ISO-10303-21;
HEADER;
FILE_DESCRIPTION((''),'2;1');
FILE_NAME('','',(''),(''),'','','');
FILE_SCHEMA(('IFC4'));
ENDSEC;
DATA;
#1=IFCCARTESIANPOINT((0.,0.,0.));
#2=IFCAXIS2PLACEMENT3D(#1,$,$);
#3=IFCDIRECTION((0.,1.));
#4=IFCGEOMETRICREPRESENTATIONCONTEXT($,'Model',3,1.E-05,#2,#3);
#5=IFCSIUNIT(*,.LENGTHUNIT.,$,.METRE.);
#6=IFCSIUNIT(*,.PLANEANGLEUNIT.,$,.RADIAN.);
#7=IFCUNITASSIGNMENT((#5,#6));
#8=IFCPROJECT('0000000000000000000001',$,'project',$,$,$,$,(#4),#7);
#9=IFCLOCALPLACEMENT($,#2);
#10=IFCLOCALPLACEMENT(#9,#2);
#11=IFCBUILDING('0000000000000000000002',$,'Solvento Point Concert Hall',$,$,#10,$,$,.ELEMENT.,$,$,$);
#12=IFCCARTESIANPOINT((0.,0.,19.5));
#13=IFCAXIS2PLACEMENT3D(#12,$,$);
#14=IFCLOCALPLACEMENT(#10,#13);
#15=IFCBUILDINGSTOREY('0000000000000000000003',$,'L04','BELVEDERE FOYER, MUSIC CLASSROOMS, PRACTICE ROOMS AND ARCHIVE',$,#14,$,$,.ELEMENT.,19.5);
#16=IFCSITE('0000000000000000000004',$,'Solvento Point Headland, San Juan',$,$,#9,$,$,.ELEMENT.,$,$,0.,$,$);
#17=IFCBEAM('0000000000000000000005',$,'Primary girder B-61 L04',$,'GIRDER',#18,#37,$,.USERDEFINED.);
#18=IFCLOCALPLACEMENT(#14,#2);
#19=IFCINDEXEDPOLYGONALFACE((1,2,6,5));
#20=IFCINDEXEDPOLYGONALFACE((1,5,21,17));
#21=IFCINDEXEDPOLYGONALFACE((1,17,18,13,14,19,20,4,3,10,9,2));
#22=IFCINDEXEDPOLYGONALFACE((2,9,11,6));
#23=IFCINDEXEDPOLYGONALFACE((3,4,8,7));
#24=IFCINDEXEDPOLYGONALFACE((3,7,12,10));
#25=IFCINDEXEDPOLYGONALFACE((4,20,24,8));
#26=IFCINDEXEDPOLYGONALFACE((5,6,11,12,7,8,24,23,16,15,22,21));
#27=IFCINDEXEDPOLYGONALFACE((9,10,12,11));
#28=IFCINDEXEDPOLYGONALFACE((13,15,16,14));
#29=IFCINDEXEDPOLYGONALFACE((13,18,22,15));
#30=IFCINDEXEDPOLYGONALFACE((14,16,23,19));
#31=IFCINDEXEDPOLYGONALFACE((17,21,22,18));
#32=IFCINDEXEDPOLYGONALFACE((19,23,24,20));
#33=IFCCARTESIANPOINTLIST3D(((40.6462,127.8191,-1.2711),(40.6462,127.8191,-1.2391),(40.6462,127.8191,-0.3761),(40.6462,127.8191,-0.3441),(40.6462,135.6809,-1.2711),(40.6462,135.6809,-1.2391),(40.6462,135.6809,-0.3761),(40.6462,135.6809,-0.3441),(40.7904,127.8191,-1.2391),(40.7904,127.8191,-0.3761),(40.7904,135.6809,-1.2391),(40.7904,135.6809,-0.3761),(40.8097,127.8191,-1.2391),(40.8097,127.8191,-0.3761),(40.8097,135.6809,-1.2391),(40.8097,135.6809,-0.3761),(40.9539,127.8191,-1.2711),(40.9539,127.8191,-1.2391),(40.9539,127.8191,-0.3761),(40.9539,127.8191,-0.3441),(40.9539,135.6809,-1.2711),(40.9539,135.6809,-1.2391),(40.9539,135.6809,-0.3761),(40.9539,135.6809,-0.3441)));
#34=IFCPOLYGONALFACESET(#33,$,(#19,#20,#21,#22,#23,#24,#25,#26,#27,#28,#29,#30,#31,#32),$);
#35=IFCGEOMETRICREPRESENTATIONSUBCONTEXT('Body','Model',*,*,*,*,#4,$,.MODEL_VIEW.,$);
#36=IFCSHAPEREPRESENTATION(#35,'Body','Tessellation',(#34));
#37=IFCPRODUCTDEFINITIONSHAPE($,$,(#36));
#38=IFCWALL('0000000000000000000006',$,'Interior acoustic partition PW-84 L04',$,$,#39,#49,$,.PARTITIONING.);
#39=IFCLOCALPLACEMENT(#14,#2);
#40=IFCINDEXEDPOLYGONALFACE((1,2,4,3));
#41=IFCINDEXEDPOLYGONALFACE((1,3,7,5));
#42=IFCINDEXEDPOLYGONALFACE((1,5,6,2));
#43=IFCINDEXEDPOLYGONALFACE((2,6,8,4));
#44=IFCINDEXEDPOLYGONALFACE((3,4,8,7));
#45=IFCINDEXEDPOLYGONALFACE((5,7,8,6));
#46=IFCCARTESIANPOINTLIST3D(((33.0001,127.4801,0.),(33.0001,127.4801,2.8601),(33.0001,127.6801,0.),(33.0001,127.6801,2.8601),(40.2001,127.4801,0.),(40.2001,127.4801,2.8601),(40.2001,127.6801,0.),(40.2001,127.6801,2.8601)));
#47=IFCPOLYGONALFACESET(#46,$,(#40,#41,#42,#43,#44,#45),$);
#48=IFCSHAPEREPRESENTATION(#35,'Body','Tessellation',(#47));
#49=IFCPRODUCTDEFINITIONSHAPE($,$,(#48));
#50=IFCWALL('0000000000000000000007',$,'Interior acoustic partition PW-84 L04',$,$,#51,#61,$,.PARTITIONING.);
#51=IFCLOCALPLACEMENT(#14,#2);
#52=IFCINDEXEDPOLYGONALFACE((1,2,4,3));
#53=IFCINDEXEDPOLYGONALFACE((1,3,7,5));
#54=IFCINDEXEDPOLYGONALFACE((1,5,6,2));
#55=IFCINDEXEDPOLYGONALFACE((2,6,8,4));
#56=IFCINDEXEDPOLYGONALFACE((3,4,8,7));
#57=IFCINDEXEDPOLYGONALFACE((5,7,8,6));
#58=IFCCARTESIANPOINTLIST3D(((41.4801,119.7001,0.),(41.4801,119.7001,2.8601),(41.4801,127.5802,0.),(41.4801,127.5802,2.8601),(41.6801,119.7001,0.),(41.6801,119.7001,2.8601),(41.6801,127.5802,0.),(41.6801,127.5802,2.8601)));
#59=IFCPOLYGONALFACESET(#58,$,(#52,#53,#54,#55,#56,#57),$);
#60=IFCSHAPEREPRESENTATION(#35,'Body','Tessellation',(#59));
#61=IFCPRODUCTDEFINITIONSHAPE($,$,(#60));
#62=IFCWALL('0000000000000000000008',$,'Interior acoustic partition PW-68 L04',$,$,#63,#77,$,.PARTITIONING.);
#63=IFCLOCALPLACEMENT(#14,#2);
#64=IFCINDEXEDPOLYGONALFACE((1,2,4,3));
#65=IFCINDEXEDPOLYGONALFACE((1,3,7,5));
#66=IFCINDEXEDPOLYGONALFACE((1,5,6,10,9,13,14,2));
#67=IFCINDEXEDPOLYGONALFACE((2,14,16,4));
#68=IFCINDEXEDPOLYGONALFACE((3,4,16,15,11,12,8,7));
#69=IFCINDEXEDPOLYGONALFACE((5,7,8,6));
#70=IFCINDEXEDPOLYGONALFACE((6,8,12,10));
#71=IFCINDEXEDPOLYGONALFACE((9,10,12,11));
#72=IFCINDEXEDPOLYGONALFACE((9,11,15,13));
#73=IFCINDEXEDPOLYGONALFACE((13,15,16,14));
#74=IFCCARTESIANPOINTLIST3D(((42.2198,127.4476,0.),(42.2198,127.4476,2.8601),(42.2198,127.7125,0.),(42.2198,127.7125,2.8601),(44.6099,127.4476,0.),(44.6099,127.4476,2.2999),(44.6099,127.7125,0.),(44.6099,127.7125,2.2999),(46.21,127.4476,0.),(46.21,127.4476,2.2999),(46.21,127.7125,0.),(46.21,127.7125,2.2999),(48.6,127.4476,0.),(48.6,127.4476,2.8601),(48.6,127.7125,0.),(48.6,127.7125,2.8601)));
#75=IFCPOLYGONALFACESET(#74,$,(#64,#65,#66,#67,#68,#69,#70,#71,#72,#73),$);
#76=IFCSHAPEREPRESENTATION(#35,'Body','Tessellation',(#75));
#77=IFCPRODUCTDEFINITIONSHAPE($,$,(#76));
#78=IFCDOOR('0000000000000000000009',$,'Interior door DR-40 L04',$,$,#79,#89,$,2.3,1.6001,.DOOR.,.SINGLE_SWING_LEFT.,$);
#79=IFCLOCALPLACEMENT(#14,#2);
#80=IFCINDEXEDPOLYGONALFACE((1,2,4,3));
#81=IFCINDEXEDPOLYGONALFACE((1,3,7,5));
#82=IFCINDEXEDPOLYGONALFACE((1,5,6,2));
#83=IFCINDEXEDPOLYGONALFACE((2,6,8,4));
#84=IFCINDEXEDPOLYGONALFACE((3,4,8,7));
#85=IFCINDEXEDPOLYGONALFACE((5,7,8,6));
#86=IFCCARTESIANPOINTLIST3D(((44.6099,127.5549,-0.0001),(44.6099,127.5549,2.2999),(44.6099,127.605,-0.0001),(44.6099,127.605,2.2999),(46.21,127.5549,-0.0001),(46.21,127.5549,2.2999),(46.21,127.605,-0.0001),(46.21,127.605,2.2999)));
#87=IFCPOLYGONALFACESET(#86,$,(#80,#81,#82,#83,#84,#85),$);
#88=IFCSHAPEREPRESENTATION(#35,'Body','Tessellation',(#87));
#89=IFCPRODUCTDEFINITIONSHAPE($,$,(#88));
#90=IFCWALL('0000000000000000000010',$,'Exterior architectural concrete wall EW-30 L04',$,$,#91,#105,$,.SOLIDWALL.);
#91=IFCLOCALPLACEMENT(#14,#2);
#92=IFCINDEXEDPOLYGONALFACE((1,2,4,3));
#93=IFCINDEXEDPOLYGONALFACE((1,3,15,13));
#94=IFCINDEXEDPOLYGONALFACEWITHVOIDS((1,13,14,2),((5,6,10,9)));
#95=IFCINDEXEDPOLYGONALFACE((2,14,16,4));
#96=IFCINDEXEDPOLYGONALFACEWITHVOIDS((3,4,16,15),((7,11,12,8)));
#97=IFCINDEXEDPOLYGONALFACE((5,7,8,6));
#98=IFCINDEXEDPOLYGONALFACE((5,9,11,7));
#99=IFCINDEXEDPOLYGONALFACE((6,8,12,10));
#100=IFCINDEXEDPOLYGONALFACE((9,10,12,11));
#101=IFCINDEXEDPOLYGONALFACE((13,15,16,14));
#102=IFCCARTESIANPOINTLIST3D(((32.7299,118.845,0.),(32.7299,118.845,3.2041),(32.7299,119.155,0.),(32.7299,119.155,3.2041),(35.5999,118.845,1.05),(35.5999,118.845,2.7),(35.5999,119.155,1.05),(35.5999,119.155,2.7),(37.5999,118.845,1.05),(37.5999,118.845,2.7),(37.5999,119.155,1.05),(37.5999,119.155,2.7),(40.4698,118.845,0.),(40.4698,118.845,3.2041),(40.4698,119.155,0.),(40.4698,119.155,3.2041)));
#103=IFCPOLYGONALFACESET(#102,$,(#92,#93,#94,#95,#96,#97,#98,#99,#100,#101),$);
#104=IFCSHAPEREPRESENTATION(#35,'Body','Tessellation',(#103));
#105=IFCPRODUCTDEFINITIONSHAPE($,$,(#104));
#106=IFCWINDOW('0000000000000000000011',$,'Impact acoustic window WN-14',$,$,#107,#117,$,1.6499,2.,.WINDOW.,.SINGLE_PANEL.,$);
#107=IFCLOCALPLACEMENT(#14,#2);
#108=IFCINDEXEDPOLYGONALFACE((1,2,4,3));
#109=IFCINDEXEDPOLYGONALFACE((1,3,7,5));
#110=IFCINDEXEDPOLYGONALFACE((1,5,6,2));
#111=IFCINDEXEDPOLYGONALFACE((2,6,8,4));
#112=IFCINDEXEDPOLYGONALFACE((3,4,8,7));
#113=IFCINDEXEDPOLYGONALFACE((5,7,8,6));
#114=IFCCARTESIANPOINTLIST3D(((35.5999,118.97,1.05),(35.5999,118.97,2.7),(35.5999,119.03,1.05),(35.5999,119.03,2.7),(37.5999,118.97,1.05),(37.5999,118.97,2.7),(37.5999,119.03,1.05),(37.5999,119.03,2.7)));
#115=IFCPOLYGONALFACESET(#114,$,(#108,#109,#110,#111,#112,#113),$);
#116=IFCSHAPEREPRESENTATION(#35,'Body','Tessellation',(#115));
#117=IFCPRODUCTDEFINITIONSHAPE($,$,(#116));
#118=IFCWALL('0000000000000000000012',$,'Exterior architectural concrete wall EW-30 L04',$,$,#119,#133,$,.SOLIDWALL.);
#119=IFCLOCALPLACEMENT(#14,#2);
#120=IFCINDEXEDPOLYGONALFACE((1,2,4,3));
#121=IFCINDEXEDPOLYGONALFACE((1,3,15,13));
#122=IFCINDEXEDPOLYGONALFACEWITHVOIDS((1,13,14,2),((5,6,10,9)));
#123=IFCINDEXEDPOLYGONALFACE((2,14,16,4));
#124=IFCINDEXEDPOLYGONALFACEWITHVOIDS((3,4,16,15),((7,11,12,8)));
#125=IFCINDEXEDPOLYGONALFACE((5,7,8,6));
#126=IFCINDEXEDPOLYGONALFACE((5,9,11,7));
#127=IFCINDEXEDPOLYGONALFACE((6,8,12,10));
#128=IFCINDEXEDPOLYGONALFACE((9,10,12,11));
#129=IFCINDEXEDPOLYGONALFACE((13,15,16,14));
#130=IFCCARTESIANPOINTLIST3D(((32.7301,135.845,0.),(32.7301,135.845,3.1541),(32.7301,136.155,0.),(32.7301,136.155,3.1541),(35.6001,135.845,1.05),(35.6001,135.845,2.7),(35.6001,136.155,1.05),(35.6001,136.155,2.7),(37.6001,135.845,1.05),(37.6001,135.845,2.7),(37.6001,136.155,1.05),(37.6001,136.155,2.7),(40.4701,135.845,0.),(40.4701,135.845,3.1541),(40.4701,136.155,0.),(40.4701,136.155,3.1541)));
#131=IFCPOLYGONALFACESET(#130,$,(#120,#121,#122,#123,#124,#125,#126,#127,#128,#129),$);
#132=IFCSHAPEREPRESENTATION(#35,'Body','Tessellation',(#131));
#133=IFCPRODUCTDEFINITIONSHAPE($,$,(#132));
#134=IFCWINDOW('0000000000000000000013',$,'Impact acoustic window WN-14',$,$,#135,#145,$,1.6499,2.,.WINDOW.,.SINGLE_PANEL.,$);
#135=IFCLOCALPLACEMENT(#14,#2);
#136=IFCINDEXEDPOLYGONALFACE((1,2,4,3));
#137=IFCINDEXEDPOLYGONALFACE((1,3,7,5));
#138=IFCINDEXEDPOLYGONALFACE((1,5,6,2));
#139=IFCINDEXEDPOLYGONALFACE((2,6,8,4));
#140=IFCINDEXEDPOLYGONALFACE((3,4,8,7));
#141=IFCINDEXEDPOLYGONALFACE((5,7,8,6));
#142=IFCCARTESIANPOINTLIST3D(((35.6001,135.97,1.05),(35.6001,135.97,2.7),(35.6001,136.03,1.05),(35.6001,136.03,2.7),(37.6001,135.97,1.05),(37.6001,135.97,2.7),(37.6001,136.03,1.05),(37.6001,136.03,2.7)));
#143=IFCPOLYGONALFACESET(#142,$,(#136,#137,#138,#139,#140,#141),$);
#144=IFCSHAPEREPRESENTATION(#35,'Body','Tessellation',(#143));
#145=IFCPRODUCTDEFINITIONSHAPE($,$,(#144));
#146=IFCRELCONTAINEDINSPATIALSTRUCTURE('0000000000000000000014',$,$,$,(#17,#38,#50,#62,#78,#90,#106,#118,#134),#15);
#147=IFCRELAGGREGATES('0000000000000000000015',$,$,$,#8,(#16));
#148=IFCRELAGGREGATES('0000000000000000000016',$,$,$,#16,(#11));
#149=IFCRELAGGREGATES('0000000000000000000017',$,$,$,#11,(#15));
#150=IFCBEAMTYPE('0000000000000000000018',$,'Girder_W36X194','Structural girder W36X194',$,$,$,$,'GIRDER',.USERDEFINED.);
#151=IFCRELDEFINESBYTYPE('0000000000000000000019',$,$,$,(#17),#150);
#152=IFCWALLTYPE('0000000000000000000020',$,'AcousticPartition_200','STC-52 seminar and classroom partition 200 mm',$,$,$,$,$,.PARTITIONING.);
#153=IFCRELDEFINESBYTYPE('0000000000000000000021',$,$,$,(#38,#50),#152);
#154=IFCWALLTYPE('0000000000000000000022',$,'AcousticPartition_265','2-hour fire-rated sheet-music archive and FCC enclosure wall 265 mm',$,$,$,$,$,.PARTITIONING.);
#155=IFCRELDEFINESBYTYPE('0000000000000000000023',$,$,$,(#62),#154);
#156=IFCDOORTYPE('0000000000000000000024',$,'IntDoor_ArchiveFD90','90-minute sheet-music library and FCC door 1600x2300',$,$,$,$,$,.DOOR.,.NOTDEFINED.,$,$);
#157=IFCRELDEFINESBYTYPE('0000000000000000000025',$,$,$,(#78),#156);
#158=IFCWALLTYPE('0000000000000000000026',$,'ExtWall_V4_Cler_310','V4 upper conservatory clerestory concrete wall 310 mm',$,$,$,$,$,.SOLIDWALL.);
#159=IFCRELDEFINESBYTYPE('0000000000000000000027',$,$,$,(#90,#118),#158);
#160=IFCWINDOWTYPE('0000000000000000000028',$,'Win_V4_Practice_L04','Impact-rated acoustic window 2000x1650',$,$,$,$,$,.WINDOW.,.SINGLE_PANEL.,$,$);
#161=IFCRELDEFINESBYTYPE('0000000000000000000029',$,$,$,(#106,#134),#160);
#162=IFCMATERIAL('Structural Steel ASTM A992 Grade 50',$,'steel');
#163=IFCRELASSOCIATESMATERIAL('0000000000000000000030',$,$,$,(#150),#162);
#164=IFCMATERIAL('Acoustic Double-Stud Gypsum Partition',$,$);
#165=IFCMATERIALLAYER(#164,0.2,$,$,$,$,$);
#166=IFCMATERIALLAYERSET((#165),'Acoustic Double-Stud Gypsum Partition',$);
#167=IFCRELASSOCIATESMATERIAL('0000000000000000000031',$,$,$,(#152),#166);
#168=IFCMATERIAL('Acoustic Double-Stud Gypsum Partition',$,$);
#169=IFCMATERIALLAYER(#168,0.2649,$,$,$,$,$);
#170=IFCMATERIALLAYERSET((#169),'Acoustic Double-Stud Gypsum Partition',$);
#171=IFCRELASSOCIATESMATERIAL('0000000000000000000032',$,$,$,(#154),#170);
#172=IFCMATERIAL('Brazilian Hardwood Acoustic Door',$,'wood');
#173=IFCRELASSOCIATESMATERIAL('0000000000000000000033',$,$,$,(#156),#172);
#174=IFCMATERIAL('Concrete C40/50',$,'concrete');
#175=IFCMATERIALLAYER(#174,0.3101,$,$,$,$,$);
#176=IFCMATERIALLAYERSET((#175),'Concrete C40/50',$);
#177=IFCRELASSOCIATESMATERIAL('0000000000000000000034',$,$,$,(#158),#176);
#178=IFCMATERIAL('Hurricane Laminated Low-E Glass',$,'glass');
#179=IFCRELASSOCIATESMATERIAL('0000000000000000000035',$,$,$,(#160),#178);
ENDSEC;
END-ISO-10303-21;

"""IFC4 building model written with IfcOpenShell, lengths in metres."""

from ifc_helpers import new_model, si_unit, direction, frame, frame_2d, origin, origin_2d, place, context, subcontext, project, spatial, rectangle, i_section, extrude, material, layer, layer_set, material_profile, profile_set, type_object, element, fill, save


model = new_model("IFC4")

# Units and contexts
model_context = context("Model", 3, precision=1e-05, world=origin(), true_north=direction((0.0, 1.0)))
body_context = subcontext(model_context, "Body", "Model", "MODEL_VIEW")
ifc_project = project(units=[si_unit("LENGTHUNIT", "METRE"), si_unit("PLANEANGLEUNIT", "RADIAN")], contexts=[model_context])

# Site, building, storey
site_placement = place(None, origin())
site = spatial("IfcSite", under=ifc_project, at=site_placement, Name="Solvento Point Headland, San Juan", CompositionType="ELEMENT", RefElevation=0.0)
building_placement = place(site_placement, origin())
building = spatial("IfcBuilding", under=site, at=building_placement, Name="Solvento Point Concert Hall", CompositionType="ELEMENT")
storey_placement = place(building_placement, frame((0.0, 0.0, 19.5)))
storey = spatial("IfcBuildingStorey", under=building, at=storey_placement, Name="L04", Description="BELVEDERE FOYER, MUSIC CLASSROOMS, PRACTICE ROOMS AND ARCHIVE", CompositionType="ELEMENT", Elevation=19.5)

# Beam
ifc_material_1 = material(Name="Structural Steel ASTM A992 Grade 50", Category="steel")
ifc_material_profile_1 = material_profile(ifc_material_1, i_section(OverallWidth=0.3076, OverallDepth=0.927, WebThickness=0.0193, FlangeThickness=0.032, at=origin_2d()), Name="W36X194")
ifc_profile_set_1 = profile_set([ifc_material_profile_1], Name="Structural Steel ASTM A992 Grade 50")
beam_type_1 = type_object("IfcBeamType", Name="Girder_W36X194", Description="Structural girder W36X194", ElementType="GIRDER", PredefinedType="USERDEFINED", material=ifc_profile_set_1)
beam_1_placement = place(storey_placement, frame((40.8, 127.8191, -0.8076), z_axis=(0.0, 1.0, 0.0), x_axis=(-1.0, 0.0, 0.0)))
element("IfcBeam", 1, at=beam_1_placement, inside=storey, type_object=beam_type_1, Name="Primary girder B-61 L04", ObjectType="GIRDER", PredefinedType="USERDEFINED", context=body_context, shape_type="SweptSolid", body=[
    extrude(i_section(OverallWidth=0.3076, OverallDepth=0.927, WebThickness=0.0193, FlangeThickness=0.032, at=origin_2d()), origin(), (0.0, 0.0, 1.0), 7.8618),
])

# Walls
ifc_material_2 = material(Name="Acoustic Double-Stud Gypsum Partition")
ifc_layer_1 = layer(ifc_material_2, 0.2)
ifc_layer_set_1 = layer_set([ifc_layer_1], Name="Acoustic Double-Stud Gypsum Partition")
wall_type_1 = type_object("IfcWallType", Name="AcousticPartition_200", Description="STC-52 seminar and classroom partition 200 mm", PredefinedType="PARTITIONING", material=ifc_layer_set_1)
wall_1_placement = place(storey_placement, frame((33.0, 127.5801, 0.0), z_axis=(0.0, 0.0, 1.0), x_axis=(1.0, 0.0, 0.0)))
element("IfcWall", 2, at=wall_1_placement, inside=storey, type_object=wall_type_1, Name="Interior acoustic partition PW-84 L04", PredefinedType="PARTITIONING", context=body_context, shape_type="SweptSolid", body=[
    extrude(rectangle(XDim=7.2, YDim=0.2, at=frame_2d((3.6001, 0.0))), origin(), (0.0, 0.0, 1.0), 2.8601),
])
wall_2_placement = place(storey_placement, frame((41.5801, 127.5801, 0.0), z_axis=(0.0, 0.0, 1.0), x_axis=(0.0, -1.0, 0.0)))
element("IfcWall", 3, at=wall_2_placement, inside=storey, type_object=wall_type_1, Name="Interior acoustic partition PW-84 L04", PredefinedType="PARTITIONING", context=body_context, shape_type="SweptSolid", body=[
    extrude(rectangle(XDim=7.8801, YDim=0.2, at=frame_2d((3.9399, 0.0))), origin(), (0.0, 0.0, 1.0), 2.8601),
])

# Wall, opening, door
ifc_material_3 = material(Name="Acoustic Double-Stud Gypsum Partition")
ifc_layer_2 = layer(ifc_material_3, 0.2649)
ifc_layer_set_2 = layer_set([ifc_layer_2], Name="Acoustic Double-Stud Gypsum Partition")
wall_type_2 = type_object("IfcWallType", Name="AcousticPartition_265", Description="2-hour fire-rated sheet-music archive and FCC enclosure wall 265 mm", PredefinedType="PARTITIONING", material=ifc_layer_set_2)
wall_3_placement = place(storey_placement, frame((42.22, 127.5801, 0.0), z_axis=(0.0, 0.0, 1.0), x_axis=(1.0, 0.0, 0.0)))
wall_3 = element("IfcWall", 4, at=wall_3_placement, inside=storey, type_object=wall_type_2, Name="Interior acoustic partition PW-68 L04", PredefinedType="PARTITIONING", context=body_context, shape_type="SweptSolid", body=[
    extrude(rectangle(XDim=6.3801, YDim=0.2649, at=frame_2d((3.1899, 0.0))), origin(), (0.0, 0.0, 1.0), 2.8601),
])
opening_1_placement = place(wall_3_placement, frame((2.3899, 0.0, 0.0)))
opening_1 = element("IfcOpeningElement", 5, at=opening_1_placement, cuts=wall_3, PredefinedType="OPENING", context=body_context, shape_type="SweptSolid", body=[
    extrude(rectangle(XDim=1.6001, YDim=2.3, at=frame_2d((0.8, 1.1499))), frame((0.0, 0.1423, 0.0), z_axis=(0.0, -1.0, 0.0), x_axis=(1.0, 0.0, 0.0)), (0.0, 0.0, 1.0), 0.2849),
])
ifc_material_4 = material(Name="Brazilian Hardwood Acoustic Door", Category="wood")
door_type = type_object("IfcDoorType", Name="IntDoor_ArchiveFD90", Description="90-minute sheet-music library and FCC door 1600x2300", OperationType="NOTDEFINED", PredefinedType="DOOR", material=ifc_material_4)
door_placement = place(opening_1_placement, origin())
door = element("IfcDoor", 6, at=door_placement, inside=storey, type_object=door_type, Name="Interior door DR-40 L04", OperationType="SINGLE_SWING_LEFT", OverallHeight=2.3, OverallWidth=1.6001, PredefinedType="DOOR", context=body_context, shape_type="SweptSolid", body=[
    extrude(rectangle(XDim=1.6001, YDim=2.3, at=frame_2d((0.8, 1.1499))), frame((0.0, 0.0249, 0.0), z_axis=(0.0, -1.0, 0.0), x_axis=(1.0, 0.0, 0.0)), (0.0, 0.0, 1.0), 0.05),
])
fill(opening_1, door)

# Walls, openings, windows
ifc_material_5 = material(Name="Concrete C40/50", Category="concrete")
ifc_layer_3 = layer(ifc_material_5, 0.3101)
ifc_layer_set_3 = layer_set([ifc_layer_3], Name="Concrete C40/50")
wall_type_3 = type_object("IfcWallType", Name="ExtWall_V4_Cler_310", Description="V4 upper conservatory clerestory concrete wall 310 mm", PredefinedType="SOLIDWALL", material=ifc_layer_set_3)
wall_4_placement = place(storey_placement, frame((40.47, 119.0, 0.0), z_axis=(0.0, 0.0, 1.0), x_axis=(-1.0, 0.0, 0.0)))
wall_4 = element("IfcWall", 7, at=wall_4_placement, inside=storey, type_object=wall_type_3, Name="Exterior architectural concrete wall EW-30 L04", PredefinedType="SOLIDWALL", context=body_context, shape_type="SweptSolid", body=[
    extrude(rectangle(XDim=7.74, YDim=0.3101, at=frame_2d((3.8701, 0.0))), origin(), (0.0, 0.0, 1.0), 3.2041),
])
opening_2_placement = place(wall_4_placement, frame((2.8701, 0.0, 1.05)))
opening_2 = element("IfcOpeningElement", 8, at=opening_2_placement, cuts=wall_4, PredefinedType="OPENING", context=body_context, shape_type="SweptSolid", body=[
    extrude(rectangle(XDim=2.0, YDim=1.6499, at=frame_2d((1.0, 0.825))), frame((0.0, 0.165, 0.0), z_axis=(0.0, -1.0, 0.0), x_axis=(1.0, 0.0, 0.0)), (0.0, 0.0, 1.0), 0.3301),
])
ifc_material_6 = material(Name="Hurricane Laminated Low-E Glass", Category="glass")
window_type = type_object("IfcWindowType", Name="Win_V4_Practice_L04", Description="Impact-rated acoustic window 2000x1650", PartitioningType="SINGLE_PANEL", PredefinedType="WINDOW", material=ifc_material_6)
window_1_placement = place(opening_2_placement, origin())
window_1 = element("IfcWindow", 9, at=window_1_placement, inside=storey, type_object=window_type, Name="Impact acoustic window WN-14", OverallHeight=1.6499, OverallWidth=2.0, PartitioningType="SINGLE_PANEL", PredefinedType="WINDOW", context=body_context, shape_type="SweptSolid", body=[
    extrude(rectangle(XDim=2.0, YDim=1.6499, at=frame_2d((1.0, 0.825))), frame((0.0, 0.03, 0.0), z_axis=(0.0, -1.0, 0.0), x_axis=(1.0, 0.0, 0.0)), (0.0, 0.0, 1.0), 0.0601),
])
fill(opening_2, window_1)
wall_5_placement = place(storey_placement, frame((32.73, 136.0, 0.0), z_axis=(0.0, 0.0, 1.0), x_axis=(1.0, 0.0, 0.0)))
wall_5 = element("IfcWall", 10, at=wall_5_placement, inside=storey, type_object=wall_type_3, Name="Exterior architectural concrete wall EW-30 L04", PredefinedType="SOLIDWALL", context=body_context, shape_type="SweptSolid", body=[
    extrude(rectangle(XDim=7.74, YDim=0.3101, at=frame_2d((3.8701, 0.0))), origin(), (0.0, 0.0, 1.0), 3.1541),
])
opening_3_placement = place(wall_5_placement, frame((2.8701, 0.0, 1.05)))
opening_3 = element("IfcOpeningElement", 11, at=opening_3_placement, cuts=wall_5, PredefinedType="OPENING", context=body_context, shape_type="SweptSolid", body=[
    extrude(rectangle(XDim=2.0, YDim=1.6499, at=frame_2d((1.0, 0.825))), frame((0.0, 0.165, 0.0), z_axis=(0.0, -1.0, 0.0), x_axis=(1.0, 0.0, 0.0)), (0.0, 0.0, 1.0), 0.3301),
])
window_2_placement = place(opening_3_placement, origin())
window_2 = element("IfcWindow", 12, at=window_2_placement, inside=storey, type_object=window_type, Name="Impact acoustic window WN-14", OverallHeight=1.6499, OverallWidth=2.0, PartitioningType="SINGLE_PANEL", PredefinedType="WINDOW", context=body_context, shape_type="SweptSolid", body=[
    extrude(rectangle(XDim=2.0, YDim=1.6499, at=frame_2d((1.0, 0.825))), frame((0.0, 0.03, 0.0), z_axis=(0.0, -1.0, 0.0), x_axis=(1.0, 0.0, 0.0)), (0.0, 0.0, 1.0), 0.0601),
])
fill(opening_3, window_2)

save(model, "model.ifc")
